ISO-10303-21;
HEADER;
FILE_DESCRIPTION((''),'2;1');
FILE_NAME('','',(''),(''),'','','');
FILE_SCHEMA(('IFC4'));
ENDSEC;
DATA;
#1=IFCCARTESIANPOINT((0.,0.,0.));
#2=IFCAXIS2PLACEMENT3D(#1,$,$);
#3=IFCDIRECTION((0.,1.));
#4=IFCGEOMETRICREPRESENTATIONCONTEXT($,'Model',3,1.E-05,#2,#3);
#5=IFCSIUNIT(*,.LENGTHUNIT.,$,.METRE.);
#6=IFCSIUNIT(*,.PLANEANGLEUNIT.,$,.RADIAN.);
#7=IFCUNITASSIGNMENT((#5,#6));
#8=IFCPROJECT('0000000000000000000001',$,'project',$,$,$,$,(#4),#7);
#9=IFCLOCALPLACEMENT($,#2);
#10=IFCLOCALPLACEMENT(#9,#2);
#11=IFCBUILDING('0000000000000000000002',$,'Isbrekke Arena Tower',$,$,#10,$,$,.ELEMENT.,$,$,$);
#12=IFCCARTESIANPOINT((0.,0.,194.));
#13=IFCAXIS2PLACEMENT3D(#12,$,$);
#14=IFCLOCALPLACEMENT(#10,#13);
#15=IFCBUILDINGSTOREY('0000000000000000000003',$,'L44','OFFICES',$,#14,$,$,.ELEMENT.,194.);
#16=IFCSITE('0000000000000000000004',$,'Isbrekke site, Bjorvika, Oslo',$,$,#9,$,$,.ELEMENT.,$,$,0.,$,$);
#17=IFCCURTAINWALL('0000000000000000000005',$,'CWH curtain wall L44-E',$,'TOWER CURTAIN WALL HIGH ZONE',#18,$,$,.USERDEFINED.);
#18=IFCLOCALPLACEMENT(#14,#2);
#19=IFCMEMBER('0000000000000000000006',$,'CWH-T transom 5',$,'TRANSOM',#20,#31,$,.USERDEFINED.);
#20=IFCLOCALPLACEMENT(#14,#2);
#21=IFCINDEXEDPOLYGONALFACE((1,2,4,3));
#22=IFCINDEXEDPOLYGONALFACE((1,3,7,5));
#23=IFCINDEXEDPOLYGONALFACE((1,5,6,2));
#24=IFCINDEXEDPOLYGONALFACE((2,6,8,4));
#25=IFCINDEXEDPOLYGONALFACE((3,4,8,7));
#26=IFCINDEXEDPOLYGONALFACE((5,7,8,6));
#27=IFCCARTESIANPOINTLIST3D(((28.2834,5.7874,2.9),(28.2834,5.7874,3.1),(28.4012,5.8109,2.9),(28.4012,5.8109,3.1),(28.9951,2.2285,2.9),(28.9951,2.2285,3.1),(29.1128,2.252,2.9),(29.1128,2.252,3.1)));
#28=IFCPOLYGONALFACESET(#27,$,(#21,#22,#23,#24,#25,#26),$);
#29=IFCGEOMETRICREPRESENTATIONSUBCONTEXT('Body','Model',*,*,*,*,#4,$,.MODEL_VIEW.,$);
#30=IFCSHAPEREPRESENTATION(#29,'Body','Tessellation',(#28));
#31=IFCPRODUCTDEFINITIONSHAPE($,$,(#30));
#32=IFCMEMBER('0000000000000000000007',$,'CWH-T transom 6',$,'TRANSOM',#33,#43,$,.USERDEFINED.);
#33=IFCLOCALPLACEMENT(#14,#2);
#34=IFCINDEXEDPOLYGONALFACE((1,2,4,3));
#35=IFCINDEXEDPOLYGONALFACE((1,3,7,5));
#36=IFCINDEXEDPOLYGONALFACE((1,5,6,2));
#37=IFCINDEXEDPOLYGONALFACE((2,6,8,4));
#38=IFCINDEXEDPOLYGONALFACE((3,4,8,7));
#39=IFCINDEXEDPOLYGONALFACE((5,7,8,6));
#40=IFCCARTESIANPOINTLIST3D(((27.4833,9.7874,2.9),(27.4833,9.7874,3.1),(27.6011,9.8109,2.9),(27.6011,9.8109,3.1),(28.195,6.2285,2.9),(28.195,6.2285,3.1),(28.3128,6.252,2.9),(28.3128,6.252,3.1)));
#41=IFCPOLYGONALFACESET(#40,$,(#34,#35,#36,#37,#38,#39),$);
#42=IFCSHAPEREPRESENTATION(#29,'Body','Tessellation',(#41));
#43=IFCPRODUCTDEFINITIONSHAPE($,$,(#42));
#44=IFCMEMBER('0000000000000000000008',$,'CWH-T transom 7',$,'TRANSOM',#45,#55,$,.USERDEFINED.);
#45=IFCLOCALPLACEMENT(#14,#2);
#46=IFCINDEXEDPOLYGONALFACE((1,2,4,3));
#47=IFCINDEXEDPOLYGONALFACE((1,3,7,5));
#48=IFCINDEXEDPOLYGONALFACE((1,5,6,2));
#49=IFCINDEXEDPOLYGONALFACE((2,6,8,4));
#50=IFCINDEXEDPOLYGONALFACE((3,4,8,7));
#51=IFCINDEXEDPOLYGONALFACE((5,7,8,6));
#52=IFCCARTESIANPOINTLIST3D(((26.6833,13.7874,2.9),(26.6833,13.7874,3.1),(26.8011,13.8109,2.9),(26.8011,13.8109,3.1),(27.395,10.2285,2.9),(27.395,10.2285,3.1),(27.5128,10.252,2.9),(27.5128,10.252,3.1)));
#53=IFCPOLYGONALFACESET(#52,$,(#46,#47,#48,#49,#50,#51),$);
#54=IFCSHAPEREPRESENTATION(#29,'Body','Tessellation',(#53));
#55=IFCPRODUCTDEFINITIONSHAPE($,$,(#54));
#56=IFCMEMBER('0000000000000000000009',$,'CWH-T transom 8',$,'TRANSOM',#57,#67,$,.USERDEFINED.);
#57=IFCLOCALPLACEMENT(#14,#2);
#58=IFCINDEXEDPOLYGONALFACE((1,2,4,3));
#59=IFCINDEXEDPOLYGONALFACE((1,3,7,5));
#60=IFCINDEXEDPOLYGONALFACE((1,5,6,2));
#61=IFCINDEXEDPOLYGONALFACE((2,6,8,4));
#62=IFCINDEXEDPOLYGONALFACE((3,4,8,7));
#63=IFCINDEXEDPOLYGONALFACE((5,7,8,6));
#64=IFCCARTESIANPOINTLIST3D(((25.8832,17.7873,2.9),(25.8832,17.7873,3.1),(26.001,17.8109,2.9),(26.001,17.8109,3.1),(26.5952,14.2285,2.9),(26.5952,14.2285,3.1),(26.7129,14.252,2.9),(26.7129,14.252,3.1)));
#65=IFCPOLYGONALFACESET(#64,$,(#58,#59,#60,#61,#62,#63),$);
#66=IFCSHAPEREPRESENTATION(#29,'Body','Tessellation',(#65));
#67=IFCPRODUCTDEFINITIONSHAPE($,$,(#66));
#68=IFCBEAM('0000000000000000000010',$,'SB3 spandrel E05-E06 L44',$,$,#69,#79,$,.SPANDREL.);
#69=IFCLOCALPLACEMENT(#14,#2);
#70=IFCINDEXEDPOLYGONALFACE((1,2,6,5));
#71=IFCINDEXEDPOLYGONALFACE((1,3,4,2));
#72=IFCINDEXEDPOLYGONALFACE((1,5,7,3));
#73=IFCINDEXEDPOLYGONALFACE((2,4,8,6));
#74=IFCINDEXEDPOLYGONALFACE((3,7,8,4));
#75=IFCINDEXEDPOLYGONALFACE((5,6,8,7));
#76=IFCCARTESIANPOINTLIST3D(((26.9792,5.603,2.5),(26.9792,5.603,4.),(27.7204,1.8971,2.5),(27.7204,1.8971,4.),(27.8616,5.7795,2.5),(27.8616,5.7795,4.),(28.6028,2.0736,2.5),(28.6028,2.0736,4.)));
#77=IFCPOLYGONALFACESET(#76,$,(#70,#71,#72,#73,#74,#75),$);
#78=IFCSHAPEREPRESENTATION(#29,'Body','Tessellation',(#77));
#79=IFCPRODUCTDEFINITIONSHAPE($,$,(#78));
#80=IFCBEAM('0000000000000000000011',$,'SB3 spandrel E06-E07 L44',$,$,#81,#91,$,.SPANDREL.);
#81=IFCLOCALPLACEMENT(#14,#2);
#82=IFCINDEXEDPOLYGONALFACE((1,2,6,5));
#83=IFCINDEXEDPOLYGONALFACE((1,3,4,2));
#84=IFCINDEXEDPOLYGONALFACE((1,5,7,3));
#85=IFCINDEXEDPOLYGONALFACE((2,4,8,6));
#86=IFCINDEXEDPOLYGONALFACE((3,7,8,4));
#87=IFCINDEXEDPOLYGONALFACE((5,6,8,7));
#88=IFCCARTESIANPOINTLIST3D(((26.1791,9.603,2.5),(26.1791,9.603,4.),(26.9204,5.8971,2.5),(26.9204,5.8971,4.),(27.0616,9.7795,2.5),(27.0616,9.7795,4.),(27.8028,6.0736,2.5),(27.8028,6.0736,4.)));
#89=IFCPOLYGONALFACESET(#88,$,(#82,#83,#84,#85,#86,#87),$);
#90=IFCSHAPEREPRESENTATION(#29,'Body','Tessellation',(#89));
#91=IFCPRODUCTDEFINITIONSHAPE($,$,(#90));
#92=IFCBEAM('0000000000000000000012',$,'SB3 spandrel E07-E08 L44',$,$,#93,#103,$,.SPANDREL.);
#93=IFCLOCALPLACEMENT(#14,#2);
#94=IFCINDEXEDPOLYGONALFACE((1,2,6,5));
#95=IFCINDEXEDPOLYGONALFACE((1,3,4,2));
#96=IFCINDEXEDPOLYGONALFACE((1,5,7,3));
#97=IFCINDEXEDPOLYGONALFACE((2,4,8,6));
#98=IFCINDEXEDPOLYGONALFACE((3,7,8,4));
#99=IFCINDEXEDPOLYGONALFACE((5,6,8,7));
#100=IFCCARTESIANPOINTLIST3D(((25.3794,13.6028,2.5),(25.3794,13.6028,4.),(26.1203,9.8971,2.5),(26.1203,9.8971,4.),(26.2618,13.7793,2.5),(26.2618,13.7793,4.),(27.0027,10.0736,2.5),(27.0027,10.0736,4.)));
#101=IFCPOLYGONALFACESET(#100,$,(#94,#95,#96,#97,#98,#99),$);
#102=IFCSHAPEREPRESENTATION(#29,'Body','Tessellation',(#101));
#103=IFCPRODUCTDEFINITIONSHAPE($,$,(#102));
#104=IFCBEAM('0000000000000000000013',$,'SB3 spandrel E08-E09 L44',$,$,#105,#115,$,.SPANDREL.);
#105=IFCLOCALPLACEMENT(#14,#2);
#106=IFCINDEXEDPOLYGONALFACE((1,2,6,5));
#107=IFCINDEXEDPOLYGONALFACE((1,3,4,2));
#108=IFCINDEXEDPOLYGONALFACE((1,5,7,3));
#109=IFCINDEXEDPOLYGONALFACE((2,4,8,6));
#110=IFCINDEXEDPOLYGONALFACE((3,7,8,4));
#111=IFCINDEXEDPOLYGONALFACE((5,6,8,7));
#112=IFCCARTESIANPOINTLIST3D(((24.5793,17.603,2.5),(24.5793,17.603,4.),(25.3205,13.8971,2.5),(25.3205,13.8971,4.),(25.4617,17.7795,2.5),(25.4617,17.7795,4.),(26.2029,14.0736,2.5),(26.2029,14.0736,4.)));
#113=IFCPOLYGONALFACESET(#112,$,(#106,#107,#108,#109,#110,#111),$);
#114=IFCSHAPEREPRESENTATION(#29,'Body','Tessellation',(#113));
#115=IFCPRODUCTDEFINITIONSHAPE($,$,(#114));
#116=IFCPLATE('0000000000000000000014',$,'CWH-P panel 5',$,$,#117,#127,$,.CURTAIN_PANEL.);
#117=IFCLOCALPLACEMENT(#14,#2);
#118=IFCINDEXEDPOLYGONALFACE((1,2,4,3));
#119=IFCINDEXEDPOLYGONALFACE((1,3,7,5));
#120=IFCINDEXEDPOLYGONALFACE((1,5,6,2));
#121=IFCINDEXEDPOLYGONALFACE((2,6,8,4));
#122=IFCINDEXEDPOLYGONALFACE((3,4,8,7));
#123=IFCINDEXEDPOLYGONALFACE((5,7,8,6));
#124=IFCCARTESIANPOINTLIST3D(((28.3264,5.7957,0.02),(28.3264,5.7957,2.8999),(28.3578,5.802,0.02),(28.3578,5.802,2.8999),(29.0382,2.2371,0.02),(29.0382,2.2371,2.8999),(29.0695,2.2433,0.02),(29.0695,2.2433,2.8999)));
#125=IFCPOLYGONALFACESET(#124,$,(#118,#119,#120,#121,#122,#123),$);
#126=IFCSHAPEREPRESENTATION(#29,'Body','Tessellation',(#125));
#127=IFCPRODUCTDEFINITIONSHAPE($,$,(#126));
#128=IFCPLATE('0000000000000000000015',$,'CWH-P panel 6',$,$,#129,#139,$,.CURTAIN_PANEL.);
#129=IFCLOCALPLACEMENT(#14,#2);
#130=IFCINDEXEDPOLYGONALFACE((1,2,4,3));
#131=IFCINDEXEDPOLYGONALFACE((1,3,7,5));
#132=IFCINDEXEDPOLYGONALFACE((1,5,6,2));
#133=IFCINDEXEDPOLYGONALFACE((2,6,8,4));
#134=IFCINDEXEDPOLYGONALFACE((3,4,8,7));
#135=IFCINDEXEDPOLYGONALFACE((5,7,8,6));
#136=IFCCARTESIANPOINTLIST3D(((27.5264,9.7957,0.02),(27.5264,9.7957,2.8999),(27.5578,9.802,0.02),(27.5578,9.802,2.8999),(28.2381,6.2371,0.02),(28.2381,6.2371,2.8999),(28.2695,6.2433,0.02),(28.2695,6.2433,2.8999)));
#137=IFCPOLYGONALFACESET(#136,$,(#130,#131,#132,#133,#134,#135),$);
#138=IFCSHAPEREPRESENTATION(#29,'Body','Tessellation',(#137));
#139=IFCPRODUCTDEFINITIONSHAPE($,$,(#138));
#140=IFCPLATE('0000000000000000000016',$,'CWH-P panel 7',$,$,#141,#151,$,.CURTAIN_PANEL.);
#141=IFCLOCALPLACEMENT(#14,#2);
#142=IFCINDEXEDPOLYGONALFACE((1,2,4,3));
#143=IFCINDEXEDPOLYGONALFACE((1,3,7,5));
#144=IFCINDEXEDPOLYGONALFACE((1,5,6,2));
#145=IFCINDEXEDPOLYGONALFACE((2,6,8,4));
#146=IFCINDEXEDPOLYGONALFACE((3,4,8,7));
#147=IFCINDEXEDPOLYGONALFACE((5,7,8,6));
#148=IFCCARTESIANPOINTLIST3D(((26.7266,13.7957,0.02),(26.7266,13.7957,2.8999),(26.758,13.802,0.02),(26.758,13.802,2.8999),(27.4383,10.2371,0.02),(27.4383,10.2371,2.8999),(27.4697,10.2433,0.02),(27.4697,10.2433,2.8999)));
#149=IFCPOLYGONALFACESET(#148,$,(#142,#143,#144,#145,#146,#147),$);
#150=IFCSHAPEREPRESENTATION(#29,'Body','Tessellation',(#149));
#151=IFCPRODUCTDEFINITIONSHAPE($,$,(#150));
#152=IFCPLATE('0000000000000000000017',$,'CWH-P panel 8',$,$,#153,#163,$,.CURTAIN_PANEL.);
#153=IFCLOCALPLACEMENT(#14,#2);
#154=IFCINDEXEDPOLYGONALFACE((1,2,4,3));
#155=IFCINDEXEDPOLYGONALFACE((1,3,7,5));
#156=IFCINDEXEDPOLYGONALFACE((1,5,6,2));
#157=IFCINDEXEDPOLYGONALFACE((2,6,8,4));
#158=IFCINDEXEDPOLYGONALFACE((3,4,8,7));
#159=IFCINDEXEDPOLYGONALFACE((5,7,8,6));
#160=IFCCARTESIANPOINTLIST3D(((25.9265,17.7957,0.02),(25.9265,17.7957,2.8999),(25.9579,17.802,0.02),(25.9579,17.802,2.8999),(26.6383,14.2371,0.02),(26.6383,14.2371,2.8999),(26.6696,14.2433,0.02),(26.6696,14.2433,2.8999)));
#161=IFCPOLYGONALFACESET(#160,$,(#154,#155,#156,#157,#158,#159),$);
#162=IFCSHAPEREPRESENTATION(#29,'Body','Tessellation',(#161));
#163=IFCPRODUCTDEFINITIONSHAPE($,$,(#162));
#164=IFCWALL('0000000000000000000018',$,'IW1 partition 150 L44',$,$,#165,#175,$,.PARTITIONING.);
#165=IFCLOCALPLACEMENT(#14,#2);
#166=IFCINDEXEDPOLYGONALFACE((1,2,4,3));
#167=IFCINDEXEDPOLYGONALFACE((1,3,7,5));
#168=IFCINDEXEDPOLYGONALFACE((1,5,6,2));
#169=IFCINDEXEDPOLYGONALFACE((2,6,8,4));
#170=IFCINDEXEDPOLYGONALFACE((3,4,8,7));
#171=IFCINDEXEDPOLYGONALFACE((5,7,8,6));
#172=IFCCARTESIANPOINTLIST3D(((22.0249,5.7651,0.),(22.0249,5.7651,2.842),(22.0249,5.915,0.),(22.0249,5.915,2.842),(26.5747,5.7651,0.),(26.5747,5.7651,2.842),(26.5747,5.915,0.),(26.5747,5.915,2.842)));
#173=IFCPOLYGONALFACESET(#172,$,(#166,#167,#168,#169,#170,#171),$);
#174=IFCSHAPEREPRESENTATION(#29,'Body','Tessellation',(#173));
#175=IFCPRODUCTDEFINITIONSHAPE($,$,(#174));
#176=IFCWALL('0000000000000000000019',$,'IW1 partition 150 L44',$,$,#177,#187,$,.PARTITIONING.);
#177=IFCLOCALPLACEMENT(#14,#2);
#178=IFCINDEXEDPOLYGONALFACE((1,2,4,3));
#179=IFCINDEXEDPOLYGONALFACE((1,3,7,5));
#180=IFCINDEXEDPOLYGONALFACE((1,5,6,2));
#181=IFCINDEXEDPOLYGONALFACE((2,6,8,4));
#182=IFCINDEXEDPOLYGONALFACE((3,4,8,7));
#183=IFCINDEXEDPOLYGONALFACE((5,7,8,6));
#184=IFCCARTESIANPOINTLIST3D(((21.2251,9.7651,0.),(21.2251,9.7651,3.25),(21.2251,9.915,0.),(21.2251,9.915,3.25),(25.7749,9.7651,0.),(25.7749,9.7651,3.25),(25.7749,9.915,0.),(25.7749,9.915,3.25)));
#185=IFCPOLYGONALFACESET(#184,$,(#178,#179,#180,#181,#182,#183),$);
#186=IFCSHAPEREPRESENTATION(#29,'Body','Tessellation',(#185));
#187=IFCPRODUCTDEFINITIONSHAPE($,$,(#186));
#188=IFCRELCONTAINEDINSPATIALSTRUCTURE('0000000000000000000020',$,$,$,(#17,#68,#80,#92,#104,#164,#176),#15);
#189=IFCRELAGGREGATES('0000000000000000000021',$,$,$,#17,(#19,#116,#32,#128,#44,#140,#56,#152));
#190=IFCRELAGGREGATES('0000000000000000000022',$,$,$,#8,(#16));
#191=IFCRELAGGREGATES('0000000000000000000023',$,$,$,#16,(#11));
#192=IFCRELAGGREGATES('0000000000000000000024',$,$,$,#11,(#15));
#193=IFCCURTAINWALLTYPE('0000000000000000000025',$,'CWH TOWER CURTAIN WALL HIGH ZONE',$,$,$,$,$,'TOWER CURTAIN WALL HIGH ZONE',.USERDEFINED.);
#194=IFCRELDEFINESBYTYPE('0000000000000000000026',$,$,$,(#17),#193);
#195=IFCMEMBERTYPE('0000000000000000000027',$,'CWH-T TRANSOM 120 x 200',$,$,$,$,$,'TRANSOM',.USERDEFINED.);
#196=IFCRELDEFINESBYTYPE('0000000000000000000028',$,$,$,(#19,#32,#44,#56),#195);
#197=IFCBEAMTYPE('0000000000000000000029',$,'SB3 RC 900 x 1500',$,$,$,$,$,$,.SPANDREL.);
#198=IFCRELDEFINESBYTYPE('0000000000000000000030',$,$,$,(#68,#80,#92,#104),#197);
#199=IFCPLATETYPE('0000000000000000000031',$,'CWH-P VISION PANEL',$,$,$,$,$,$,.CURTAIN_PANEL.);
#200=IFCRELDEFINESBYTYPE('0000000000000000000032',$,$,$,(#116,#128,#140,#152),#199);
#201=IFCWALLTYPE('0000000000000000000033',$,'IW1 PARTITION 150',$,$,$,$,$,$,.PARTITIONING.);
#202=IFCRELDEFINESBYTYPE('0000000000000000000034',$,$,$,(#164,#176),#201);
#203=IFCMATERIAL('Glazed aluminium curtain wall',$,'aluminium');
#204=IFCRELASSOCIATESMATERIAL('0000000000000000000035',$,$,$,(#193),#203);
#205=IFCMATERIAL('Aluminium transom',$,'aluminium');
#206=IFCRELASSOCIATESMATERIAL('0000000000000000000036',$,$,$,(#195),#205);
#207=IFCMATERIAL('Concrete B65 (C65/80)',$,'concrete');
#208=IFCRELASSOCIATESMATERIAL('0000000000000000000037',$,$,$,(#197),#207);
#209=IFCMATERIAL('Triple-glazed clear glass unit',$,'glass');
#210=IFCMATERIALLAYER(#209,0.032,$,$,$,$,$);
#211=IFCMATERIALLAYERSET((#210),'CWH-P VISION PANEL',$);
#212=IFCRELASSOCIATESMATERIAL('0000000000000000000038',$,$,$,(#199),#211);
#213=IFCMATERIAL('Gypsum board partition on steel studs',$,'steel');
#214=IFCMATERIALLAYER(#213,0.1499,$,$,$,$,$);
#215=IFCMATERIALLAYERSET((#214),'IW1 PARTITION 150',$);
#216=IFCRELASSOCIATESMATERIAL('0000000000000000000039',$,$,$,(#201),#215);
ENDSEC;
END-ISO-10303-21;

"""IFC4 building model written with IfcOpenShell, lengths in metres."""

from ifc_helpers import new_model, si_unit, direction, frame, frame_2d, origin, origin_2d, place, context, subcontext, project, spatial, rectangle, extrude, material, layer, layer_set, material_profile, profile_set, type_object, element, aggregate, save


model = new_model("IFC4")

# Units and contexts
model_context = context("Model", 3, precision=1e-05, world=origin(), true_north=direction((0.0, 1.0)))
body_context = subcontext(model_context, "Body", "Model", "MODEL_VIEW")
ifc_project = project(units=[si_unit("LENGTHUNIT", "METRE"), si_unit("PLANEANGLEUNIT", "RADIAN")], contexts=[model_context])

# Site, building, storey
site_placement = place(None, origin())
site = spatial("IfcSite", under=ifc_project, at=site_placement, Name="Isbrekke site, Bjorvika, Oslo", CompositionType="ELEMENT", RefElevation=0.0)
building_placement = place(site_placement, origin())
building = spatial("IfcBuilding", under=site, at=building_placement, Name="Isbrekke Arena Tower", CompositionType="ELEMENT")
storey_placement = place(building_placement, frame((0.0, 0.0, 194.0)))
storey = spatial("IfcBuildingStorey", under=building, at=storey_placement, Name="L44", Description="OFFICES", CompositionType="ELEMENT", Elevation=194.0)

# Curtain wall, members
ifc_material_1 = material(Name="Glazed aluminium curtain wall", Category="aluminium")
curtain_wall_type = type_object("IfcCurtainWallType", Name="CWH TOWER CURTAIN WALL HIGH ZONE", ElementType="TOWER CURTAIN WALL HIGH ZONE", PredefinedType="USERDEFINED", material=ifc_material_1)
curtain_wall_placement = place(storey_placement, origin())
curtain_wall = element("IfcCurtainWall", 1, at=curtain_wall_placement, inside=storey, type_object=curtain_wall_type, Name="CWH curtain wall L44-E", ObjectType="TOWER CURTAIN WALL HIGH ZONE", PredefinedType="USERDEFINED")
ifc_material_2 = material(Name="Aluminium transom", Category="aluminium")
ifc_material_profile_1 = material_profile(ifc_material_2, rectangle(XDim=0.1201, YDim=0.2, at=origin_2d()), Name="TRANSOM 120X200")
ifc_profile_set_1 = profile_set([ifc_material_profile_1], Name="Aluminium transom")
member_type_1 = type_object("IfcMemberType", Name="CWH-T TRANSOM 120 x 200", ElementType="TRANSOM", PredefinedType="USERDEFINED", material=ifc_profile_set_1)
member_1_placement = place(storey_placement, frame((29.054, 2.2402, 3.0), z_axis=(-0.19609, 0.980586, 0.0), x_axis=(-0.980586, -0.19609, 0.0)))
member_1 = element("IfcMember", 2, at=member_1_placement, type_object=member_type_1, Name="CWH-T transom 5", ObjectType="TRANSOM", PredefinedType="USERDEFINED", context=body_context, shape_type="SweptSolid", body=[
    extrude(rectangle(XDim=0.1201, YDim=0.2, at=origin_2d()), origin(), (0.0, 0.0, 1.0), 3.6294),
])
member_2_placement = place(storey_placement, frame((28.2539, 6.2402, 3.0), z_axis=(-0.19609, 0.980586, 0.0), x_axis=(-0.980586, -0.19609, 0.0)))
member_2 = element("IfcMember", 3, at=member_2_placement, type_object=member_type_1, Name="CWH-T transom 6", ObjectType="TRANSOM", PredefinedType="USERDEFINED", context=body_context, shape_type="SweptSolid", body=[
    extrude(rectangle(XDim=0.1201, YDim=0.2, at=origin_2d()), origin(), (0.0, 0.0, 1.0), 3.6294),
])
member_3_placement = place(storey_placement, frame((27.4539, 10.2402, 3.0), z_axis=(-0.19609, 0.980586, 0.0), x_axis=(-0.980586, -0.19609, 0.0)))
member_3 = element("IfcMember", 4, at=member_3_placement, type_object=member_type_1, Name="CWH-T transom 7", ObjectType="TRANSOM", PredefinedType="USERDEFINED", context=body_context, shape_type="SweptSolid", body=[
    extrude(rectangle(XDim=0.1201, YDim=0.2, at=origin_2d()), origin(), (0.0, 0.0, 1.0), 3.6294),
])
member_4_placement = place(storey_placement, frame((26.6541, 14.2402, 3.0), z_axis=(-0.196155, 0.980573, 0.0), x_axis=(-0.980573, -0.196155, 0.0)))
member_4 = element("IfcMember", 5, at=member_4_placement, type_object=member_type_1, Name="CWH-T transom 8", ObjectType="TRANSOM", PredefinedType="USERDEFINED", context=body_context, shape_type="SweptSolid", body=[
    extrude(rectangle(XDim=0.1201, YDim=0.2, at=origin_2d()), origin(), (0.0, 0.0, 1.0), 3.6294),
])

# Beams
ifc_material_3 = material(Name="Concrete B65 (C65/80)", Category="concrete")
ifc_material_profile_2 = material_profile(ifc_material_3, rectangle(XDim=0.8999, YDim=1.5, at=origin_2d()), Name="RC 900x1500")
ifc_profile_set_2 = profile_set([ifc_material_profile_2], Name="Concrete B65 (C65/80)")
beam_type_1 = type_object("IfcBeamType", Name="SB3 RC 900 x 1500", PredefinedType="SPANDREL", material=ifc_profile_set_2)
for number, where, z_axis, x_axis, name in (
    (6, (28.1616, 1.9854, 3.25), (-0.196129, 0.980578, 0.0), (-0.980578, -0.196129, 0.0), "SB3 spandrel E05-E06 L44"),
    (7, (27.3616, 5.9854, 3.25), (-0.196129, 0.980578, 0.0), (-0.980578, -0.196129, 0.0), "SB3 spandrel E06-E07 L44"),
):
    element("IfcBeam", number, at=place(storey_placement, frame(where, z_axis=z_axis, x_axis=x_axis)), inside=storey, type_object=beam_type_1, Name=name, PredefinedType="SPANDREL", context=body_context, shape_type="SweptSolid", body=[
        extrude(rectangle(XDim=0.8999, YDim=1.5, at=origin_2d()), origin(), (0.0, 0.0, 1.0), 3.7793),
    ])
beam_1_placement = place(storey_placement, frame((26.5615, 9.9854, 3.25), z_axis=(-0.196066, 0.980591, 0.0), x_axis=(-0.980591, -0.196066, 0.0)))
element("IfcBeam", 8, at=beam_1_placement, inside=storey, type_object=beam_type_1, Name="SB3 spandrel E07-E08 L44", PredefinedType="SPANDREL", context=body_context, shape_type="SweptSolid", body=[
    extrude(rectangle(XDim=0.8999, YDim=1.5, at=origin_2d()), origin(), (0.0, 0.0, 1.0), 3.7791),
])
beam_2_placement = place(storey_placement, frame((25.7617, 13.9854, 3.25), z_axis=(-0.196129, 0.980578, 0.0), x_axis=(-0.980578, -0.196129, 0.0)))
element("IfcBeam", 9, at=beam_2_placement, inside=storey, type_object=beam_type_1, Name="SB3 spandrel E08-E09 L44", PredefinedType="SPANDREL", context=body_context, shape_type="SweptSolid", body=[
    extrude(rectangle(XDim=0.8999, YDim=1.5, at=origin_2d()), origin(), (0.0, 0.0, 1.0), 3.7793),
])

# Plates
ifc_material_4 = material(Name="Triple-glazed clear glass unit", Category="glass")
ifc_layer_1 = layer(ifc_material_4, 0.032)
ifc_layer_set_1 = layer_set([ifc_layer_1], Name="CWH-P VISION PANEL")
plate_type = type_object("IfcPlateType", Name="CWH-P VISION PANEL", PredefinedType="CURTAIN_PANEL", material=ifc_layer_set_1)
plate_1_placement = place(storey_placement, frame((28.698, 4.0195, 0.02), z_axis=(0.0, 0.0, 1.0), x_axis=(-0.196116, 0.980581, 0.0)))
plate_1 = element("IfcPlate", 10, at=plate_1_placement, type_object=plate_type, Name="CWH-P panel 5", PredefinedType="CURTAIN_PANEL", context=body_context, shape_type="SweptSolid", body=[
    extrude(rectangle(XDim=3.6292, YDim=0.032, at=origin_2d()), origin(), (0.0, 0.0, 1.0), 2.8799),
])
plate_2_placement = place(storey_placement, frame((27.8979, 8.0195, 0.02), z_axis=(0.0, 0.0, 1.0), x_axis=(-0.196116, 0.980581, 0.0)))
plate_2 = element("IfcPlate", 11, at=plate_2_placement, type_object=plate_type, Name="CWH-P panel 6", PredefinedType="CURTAIN_PANEL", context=body_context, shape_type="SweptSolid", body=[
    extrude(rectangle(XDim=3.6292, YDim=0.032, at=origin_2d()), origin(), (0.0, 0.0, 1.0), 2.8799),
])
plate_3_placement = place(storey_placement, frame((27.0981, 12.0195, 0.02), z_axis=(0.0, 0.0, 1.0), x_axis=(-0.196116, 0.980581, 0.0)))
plate_3 = element("IfcPlate", 12, at=plate_3_placement, type_object=plate_type, Name="CWH-P panel 7", PredefinedType="CURTAIN_PANEL", context=body_context, shape_type="SweptSolid", body=[
    extrude(rectangle(XDim=3.6292, YDim=0.032, at=origin_2d()), origin(), (0.0, 0.0, 1.0), 2.8799),
])
plate_4_placement = place(storey_placement, frame((26.2981, 16.0195, 0.02), z_axis=(0.0, 0.0, 1.0), x_axis=(-0.196116, 0.980581, 0.0)))
plate_4 = element("IfcPlate", 13, at=plate_4_placement, type_object=plate_type, Name="CWH-P panel 8", PredefinedType="CURTAIN_PANEL", context=body_context, shape_type="SweptSolid", body=[
    extrude(rectangle(XDim=3.6292, YDim=0.032, at=origin_2d()), origin(), (0.0, 0.0, 1.0), 2.8799),
])
aggregate(curtain_wall, [member_1, plate_1, member_2, plate_2, member_3, plate_3, member_4, plate_4])

# Walls
ifc_material_5 = material(Name="Gypsum board partition on steel studs", Category="steel")
ifc_layer_2 = layer(ifc_material_5, 0.1499)
ifc_layer_set_2 = layer_set([ifc_layer_2], Name="IW1 PARTITION 150")
wall_type = type_object("IfcWallType", Name="IW1 PARTITION 150", PredefinedType="PARTITIONING", material=ifc_layer_set_2)
wall_1_placement = place(storey_placement, frame((22.0249, 5.8401, 0.0), z_axis=(0.0, 0.0, 1.0), x_axis=(1.0, 0.0, 0.0)))
element("IfcWall", 14, at=wall_1_placement, inside=storey, type_object=wall_type, Name="IW1 partition 150 L44", PredefinedType="PARTITIONING", context=body_context, shape_type="SweptSolid", body=[
    extrude(rectangle(XDim=4.5498, YDim=0.1499, at=frame_2d((2.2749, 0.0))), origin(), (0.0, 0.0, 1.0), 2.842),
])
for number, where, z_axis, x_axis, name in (
    (15, (21.2251, 9.8401, 0.0), (0.0, 0.0, 1.0), (1.0, 0.0, 0.0), "IW1 partition 150 L44"),
):
    element("IfcWall", number, at=place(storey_placement, frame(where, z_axis=z_axis, x_axis=x_axis)), inside=storey, type_object=wall_type, Name=name, PredefinedType="PARTITIONING", context=body_context, shape_type="SweptSolid", body=[
        extrude(rectangle(XDim=4.5498, YDim=0.1499, at=frame_2d((2.2749, 0.0))), origin(), (0.0, 0.0, 1.0), 3.25),
    ])

save(model, "model.ifc")
